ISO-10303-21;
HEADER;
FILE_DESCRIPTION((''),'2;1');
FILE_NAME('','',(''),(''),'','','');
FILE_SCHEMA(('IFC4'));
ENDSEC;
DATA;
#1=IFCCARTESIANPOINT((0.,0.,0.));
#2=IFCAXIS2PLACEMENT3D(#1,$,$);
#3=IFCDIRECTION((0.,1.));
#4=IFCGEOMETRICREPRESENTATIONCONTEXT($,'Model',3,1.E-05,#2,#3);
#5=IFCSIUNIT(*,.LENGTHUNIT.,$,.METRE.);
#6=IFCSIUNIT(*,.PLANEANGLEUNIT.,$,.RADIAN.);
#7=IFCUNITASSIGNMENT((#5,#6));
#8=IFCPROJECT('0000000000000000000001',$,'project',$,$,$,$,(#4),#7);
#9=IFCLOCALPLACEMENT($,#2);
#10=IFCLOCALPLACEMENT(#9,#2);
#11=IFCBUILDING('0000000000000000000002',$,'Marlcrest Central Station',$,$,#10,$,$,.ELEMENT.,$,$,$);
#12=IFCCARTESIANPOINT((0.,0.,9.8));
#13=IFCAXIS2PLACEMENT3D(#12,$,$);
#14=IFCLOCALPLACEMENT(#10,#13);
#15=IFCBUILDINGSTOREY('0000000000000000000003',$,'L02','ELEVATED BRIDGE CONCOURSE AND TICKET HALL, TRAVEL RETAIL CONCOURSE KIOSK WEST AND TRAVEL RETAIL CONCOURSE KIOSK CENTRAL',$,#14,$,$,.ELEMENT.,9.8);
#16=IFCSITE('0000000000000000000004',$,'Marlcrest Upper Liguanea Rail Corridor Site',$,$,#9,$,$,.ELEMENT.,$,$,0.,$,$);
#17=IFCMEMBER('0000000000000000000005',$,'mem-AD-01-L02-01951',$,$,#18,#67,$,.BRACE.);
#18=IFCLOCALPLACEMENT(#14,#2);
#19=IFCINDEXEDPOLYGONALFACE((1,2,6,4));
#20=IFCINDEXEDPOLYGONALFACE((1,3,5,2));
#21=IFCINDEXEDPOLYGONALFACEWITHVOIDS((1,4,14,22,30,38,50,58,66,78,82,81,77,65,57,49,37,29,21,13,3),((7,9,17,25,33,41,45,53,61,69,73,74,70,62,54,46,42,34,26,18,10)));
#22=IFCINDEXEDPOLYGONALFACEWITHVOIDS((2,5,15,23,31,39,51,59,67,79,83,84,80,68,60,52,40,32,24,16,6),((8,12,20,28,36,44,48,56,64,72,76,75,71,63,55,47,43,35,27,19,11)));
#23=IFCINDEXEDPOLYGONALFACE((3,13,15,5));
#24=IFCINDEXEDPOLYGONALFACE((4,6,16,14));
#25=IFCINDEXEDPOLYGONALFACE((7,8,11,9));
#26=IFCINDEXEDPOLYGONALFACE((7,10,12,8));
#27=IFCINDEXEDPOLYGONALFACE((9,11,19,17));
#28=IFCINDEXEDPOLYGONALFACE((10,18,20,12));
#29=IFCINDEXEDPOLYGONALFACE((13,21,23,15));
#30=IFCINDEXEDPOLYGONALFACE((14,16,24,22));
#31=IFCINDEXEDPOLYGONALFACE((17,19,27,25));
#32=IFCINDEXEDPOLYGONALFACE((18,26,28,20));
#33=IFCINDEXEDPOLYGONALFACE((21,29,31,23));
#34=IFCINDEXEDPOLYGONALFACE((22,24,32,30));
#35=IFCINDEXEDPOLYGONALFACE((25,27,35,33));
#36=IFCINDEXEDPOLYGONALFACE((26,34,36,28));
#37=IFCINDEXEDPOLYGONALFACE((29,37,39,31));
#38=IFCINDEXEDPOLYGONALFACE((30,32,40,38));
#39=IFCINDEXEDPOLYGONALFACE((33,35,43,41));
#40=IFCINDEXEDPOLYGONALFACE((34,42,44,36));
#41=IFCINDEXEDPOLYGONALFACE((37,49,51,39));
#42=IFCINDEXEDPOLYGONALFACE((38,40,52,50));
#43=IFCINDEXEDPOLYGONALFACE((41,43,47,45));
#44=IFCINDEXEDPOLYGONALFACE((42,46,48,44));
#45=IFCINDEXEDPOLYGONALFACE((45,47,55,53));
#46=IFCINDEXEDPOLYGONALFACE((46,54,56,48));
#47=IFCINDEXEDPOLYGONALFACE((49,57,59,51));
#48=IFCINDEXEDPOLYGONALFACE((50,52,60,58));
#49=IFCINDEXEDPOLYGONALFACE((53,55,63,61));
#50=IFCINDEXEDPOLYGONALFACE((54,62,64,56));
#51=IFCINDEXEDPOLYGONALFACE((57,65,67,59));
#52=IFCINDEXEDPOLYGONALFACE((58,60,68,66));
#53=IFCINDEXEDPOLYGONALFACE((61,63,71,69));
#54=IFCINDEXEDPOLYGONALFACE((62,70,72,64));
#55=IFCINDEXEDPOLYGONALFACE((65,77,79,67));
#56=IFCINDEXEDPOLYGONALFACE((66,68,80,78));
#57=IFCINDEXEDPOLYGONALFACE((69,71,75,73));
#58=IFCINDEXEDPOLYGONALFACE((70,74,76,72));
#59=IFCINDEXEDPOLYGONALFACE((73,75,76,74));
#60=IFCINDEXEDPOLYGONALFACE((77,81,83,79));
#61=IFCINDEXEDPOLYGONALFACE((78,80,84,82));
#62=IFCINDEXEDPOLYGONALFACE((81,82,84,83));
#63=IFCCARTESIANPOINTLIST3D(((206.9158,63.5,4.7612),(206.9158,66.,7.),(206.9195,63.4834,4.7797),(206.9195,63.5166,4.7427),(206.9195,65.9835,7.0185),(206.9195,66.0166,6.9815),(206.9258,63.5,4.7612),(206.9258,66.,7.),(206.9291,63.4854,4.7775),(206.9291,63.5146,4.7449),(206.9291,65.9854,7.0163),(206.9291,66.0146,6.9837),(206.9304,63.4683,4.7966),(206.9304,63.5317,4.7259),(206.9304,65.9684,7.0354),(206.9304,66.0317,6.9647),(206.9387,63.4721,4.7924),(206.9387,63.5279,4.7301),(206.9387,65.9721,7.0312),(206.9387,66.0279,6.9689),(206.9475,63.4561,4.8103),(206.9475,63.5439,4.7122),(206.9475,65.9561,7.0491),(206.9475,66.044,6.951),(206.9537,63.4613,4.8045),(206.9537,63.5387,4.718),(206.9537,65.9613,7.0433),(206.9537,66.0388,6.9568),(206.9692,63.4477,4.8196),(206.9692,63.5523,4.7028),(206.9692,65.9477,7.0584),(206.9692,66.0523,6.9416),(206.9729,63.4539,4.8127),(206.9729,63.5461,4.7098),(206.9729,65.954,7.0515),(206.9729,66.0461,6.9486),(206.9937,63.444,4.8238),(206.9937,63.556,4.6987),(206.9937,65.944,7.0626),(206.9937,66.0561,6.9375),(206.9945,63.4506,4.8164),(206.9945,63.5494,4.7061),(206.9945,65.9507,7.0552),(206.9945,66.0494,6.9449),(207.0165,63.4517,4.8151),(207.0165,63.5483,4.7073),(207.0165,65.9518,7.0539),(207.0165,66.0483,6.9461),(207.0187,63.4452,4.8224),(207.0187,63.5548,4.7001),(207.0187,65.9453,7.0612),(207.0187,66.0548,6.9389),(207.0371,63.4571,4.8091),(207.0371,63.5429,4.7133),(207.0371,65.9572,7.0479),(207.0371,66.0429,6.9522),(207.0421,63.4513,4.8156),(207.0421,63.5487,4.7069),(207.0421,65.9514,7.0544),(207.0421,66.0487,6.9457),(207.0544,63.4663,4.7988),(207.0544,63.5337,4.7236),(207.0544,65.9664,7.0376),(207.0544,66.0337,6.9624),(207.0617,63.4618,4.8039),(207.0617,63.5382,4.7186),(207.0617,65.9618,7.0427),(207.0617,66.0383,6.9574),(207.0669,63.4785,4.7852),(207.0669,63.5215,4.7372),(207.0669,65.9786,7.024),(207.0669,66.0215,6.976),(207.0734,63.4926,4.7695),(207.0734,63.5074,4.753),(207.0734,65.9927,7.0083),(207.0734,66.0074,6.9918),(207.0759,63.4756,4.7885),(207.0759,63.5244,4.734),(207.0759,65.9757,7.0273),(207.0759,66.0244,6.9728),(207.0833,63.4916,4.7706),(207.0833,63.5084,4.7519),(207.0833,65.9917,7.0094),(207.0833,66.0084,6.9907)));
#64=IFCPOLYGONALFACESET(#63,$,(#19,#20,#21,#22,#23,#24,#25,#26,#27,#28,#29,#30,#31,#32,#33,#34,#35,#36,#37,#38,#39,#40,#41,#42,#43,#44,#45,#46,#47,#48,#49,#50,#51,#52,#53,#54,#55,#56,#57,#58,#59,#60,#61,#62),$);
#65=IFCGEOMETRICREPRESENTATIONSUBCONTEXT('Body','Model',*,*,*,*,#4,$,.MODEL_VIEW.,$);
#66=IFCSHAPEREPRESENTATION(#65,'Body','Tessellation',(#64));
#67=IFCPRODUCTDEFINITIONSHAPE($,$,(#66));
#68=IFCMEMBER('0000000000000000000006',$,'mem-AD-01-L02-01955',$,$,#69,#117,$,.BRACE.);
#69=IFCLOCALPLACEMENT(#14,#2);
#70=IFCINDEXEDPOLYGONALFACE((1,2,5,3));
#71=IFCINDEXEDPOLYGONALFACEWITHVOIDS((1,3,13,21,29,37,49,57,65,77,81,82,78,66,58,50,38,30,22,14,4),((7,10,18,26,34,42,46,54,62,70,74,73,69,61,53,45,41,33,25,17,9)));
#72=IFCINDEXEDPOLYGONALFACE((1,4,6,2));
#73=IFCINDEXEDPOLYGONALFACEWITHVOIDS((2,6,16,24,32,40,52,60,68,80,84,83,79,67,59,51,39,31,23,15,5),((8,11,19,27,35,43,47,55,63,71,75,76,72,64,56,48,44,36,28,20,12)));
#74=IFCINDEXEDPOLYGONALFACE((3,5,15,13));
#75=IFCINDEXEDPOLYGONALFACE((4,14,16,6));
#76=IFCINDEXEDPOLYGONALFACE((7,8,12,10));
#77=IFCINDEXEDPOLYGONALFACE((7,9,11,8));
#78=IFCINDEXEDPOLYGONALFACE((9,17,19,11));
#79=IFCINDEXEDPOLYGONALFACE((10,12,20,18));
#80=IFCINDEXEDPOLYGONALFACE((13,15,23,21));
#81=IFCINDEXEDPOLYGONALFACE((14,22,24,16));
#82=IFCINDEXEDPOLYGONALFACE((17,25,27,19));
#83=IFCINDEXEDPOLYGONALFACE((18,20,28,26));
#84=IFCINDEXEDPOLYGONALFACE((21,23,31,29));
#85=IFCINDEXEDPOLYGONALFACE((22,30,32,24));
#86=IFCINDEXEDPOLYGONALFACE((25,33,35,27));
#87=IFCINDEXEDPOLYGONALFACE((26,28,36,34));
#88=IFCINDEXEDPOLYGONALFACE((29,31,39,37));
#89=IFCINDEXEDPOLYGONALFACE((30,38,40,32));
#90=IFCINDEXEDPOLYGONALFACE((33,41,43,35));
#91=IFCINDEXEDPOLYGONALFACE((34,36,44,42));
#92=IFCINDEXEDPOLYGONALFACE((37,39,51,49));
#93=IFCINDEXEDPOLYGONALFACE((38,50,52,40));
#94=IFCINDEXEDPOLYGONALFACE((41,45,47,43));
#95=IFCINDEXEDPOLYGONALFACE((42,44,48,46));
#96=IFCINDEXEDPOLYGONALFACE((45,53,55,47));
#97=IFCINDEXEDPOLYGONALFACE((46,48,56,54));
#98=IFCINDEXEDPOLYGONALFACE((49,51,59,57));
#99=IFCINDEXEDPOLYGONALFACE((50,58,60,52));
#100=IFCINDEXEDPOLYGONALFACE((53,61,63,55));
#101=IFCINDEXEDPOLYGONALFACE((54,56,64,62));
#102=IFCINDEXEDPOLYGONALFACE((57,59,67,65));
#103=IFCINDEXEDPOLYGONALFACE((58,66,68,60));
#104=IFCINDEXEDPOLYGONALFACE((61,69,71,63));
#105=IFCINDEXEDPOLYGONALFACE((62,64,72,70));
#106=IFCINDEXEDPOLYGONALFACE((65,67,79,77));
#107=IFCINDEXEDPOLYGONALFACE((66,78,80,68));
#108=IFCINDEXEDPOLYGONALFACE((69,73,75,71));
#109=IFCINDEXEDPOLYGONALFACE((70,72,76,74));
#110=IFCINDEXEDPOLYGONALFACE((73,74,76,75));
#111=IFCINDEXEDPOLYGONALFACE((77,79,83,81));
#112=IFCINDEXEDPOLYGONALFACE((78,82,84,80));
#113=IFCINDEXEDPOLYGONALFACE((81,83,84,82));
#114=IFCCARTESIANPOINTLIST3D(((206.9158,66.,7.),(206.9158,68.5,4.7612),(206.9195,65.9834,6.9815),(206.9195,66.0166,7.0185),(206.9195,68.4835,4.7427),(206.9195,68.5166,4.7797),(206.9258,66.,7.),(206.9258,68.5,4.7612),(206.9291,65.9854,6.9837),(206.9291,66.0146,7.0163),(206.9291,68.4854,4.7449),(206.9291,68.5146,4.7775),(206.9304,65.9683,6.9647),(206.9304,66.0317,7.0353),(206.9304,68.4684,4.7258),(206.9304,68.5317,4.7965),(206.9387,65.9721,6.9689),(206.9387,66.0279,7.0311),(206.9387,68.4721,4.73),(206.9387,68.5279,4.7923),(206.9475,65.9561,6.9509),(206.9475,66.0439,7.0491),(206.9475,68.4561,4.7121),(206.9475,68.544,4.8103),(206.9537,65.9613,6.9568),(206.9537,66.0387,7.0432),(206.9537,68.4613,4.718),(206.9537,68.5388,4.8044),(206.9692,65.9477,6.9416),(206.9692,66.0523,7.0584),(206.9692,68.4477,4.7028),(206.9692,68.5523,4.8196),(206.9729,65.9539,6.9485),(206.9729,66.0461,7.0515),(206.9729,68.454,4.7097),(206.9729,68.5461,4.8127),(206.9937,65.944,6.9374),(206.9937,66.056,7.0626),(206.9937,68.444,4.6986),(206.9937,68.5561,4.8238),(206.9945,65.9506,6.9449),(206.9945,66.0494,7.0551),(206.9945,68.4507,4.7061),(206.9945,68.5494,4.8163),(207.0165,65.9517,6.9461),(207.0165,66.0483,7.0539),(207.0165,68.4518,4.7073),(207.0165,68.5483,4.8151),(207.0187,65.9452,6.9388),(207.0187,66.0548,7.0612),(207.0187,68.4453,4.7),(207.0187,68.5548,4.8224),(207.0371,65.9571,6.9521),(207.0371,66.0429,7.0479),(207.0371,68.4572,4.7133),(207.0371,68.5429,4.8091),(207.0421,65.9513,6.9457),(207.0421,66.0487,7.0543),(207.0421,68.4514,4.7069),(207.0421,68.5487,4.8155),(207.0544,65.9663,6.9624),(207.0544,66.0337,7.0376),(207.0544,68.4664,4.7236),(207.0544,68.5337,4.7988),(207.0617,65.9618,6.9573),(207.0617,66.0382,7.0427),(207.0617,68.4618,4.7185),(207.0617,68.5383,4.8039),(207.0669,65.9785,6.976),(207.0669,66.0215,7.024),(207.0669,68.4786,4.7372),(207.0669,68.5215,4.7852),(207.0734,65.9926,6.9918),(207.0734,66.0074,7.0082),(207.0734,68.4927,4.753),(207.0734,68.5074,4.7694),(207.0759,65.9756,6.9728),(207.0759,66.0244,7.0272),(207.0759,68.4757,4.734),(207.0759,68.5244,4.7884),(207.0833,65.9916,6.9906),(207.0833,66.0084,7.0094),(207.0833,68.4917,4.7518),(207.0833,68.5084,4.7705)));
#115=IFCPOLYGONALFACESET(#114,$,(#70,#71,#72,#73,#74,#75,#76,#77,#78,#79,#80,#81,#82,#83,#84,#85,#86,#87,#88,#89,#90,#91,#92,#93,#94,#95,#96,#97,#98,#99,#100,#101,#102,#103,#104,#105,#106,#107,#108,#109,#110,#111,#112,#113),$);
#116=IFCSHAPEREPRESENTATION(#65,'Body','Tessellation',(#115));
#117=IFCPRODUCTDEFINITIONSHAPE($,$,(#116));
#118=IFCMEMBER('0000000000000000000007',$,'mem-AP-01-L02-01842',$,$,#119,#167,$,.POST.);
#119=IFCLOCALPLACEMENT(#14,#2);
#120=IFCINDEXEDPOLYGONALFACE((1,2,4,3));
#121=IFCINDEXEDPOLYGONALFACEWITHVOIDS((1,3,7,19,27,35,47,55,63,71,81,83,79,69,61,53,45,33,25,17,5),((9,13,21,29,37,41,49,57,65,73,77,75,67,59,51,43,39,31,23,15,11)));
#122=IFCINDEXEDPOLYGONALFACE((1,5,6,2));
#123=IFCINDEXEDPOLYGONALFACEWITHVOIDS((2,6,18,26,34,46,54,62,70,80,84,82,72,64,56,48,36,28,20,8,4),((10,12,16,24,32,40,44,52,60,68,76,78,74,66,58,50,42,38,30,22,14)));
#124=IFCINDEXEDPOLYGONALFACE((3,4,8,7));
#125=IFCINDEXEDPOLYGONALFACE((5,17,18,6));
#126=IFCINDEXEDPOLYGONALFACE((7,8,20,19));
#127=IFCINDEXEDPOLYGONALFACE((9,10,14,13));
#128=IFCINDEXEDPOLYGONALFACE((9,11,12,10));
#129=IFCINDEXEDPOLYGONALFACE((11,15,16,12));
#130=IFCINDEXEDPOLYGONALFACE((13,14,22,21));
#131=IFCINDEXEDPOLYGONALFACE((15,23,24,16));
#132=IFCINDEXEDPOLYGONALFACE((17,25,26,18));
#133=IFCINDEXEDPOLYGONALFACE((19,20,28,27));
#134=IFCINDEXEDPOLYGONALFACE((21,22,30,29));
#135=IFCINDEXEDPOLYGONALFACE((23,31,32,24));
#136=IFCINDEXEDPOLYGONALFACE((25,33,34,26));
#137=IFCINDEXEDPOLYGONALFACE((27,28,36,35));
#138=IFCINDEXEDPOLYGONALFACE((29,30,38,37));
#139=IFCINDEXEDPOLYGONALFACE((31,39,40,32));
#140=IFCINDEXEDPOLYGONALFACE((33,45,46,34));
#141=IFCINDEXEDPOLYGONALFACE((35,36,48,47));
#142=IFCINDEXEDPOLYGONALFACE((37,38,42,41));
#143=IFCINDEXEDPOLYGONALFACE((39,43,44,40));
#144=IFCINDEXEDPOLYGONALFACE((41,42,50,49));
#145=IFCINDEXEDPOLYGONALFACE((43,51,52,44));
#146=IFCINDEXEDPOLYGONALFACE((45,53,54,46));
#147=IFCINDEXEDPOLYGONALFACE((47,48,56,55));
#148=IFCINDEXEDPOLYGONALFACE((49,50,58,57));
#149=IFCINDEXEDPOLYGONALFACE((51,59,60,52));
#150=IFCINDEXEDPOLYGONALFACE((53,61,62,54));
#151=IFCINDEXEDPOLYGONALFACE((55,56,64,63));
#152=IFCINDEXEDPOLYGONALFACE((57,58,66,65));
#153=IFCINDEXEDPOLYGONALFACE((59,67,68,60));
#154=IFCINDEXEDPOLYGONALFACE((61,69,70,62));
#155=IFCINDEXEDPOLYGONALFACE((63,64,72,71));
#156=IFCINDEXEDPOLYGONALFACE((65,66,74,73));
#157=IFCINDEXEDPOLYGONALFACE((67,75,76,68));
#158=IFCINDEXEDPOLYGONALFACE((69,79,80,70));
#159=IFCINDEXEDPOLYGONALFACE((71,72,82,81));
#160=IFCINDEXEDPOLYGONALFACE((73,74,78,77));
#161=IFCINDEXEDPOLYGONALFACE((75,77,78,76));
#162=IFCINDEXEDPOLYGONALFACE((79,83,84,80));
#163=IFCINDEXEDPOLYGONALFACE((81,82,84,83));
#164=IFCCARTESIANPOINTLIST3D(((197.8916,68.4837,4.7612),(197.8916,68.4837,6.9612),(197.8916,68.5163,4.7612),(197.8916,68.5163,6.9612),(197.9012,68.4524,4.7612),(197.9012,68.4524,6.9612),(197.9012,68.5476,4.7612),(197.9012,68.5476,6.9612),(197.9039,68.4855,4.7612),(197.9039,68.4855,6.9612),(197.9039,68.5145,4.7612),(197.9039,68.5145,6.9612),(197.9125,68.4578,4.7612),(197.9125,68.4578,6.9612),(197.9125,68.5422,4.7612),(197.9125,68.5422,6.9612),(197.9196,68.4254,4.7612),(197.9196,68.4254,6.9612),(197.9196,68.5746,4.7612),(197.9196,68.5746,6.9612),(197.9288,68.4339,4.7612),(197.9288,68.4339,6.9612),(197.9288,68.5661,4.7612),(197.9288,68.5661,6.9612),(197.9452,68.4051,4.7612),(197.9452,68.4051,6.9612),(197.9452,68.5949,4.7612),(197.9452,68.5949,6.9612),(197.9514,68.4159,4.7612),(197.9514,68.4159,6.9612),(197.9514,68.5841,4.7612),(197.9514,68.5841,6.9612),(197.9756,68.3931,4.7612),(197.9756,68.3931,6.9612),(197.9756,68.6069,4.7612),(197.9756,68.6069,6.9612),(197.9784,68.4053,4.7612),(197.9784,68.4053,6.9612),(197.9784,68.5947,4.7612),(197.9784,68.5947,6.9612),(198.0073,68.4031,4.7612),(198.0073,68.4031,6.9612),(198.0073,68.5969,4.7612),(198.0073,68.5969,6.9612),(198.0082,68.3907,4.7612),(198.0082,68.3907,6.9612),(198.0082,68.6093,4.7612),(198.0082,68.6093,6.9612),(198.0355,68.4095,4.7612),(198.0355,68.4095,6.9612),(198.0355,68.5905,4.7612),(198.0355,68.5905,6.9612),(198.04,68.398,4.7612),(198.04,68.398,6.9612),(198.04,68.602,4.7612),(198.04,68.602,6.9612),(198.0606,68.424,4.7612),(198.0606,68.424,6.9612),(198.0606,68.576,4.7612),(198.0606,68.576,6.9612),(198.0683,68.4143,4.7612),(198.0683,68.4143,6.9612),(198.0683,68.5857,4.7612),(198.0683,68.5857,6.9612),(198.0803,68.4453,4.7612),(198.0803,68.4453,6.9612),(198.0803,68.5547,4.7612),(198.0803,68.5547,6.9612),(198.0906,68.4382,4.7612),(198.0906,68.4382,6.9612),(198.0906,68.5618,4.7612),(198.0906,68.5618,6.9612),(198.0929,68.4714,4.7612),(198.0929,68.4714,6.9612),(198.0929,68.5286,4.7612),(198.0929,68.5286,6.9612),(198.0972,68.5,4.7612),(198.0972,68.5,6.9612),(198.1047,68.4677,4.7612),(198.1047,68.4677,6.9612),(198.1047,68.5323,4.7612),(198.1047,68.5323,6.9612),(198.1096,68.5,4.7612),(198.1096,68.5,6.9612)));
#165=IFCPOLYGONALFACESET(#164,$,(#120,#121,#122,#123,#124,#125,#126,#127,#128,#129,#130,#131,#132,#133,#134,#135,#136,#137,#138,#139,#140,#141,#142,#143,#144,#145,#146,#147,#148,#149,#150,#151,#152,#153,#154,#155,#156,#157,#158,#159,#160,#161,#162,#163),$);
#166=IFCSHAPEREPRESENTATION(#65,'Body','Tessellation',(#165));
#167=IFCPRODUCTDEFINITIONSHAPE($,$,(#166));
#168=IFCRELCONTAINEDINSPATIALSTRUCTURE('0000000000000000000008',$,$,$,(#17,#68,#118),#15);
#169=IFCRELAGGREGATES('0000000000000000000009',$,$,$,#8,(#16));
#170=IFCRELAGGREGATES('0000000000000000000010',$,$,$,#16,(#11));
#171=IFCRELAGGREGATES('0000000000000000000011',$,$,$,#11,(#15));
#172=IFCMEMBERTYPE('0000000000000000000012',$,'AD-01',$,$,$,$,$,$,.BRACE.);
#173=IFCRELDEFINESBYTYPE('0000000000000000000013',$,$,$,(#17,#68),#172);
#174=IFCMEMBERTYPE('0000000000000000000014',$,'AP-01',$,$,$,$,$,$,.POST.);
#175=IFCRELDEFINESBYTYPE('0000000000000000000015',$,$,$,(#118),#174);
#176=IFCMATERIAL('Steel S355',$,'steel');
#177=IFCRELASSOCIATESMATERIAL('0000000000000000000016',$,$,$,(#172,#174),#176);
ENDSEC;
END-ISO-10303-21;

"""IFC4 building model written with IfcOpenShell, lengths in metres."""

from ifc_helpers import new_model, si_unit, direction, frame, origin, origin_2d, place, context, subcontext, project, spatial, hollow_circle, extrude, material, material_profile, profile_set, type_object, element, save


model = new_model("IFC4")

# Units and contexts
model_context = context("Model", 3, precision=1e-05, world=origin(), true_north=direction((0.0, 1.0)))
body_context = subcontext(model_context, "Body", "Model", "MODEL_VIEW")
ifc_project = project(units=[si_unit("LENGTHUNIT", "METRE"), si_unit("PLANEANGLEUNIT", "RADIAN")], contexts=[model_context])

# Site, building, storey
site_placement = place(None, origin())
site = spatial("IfcSite", under=ifc_project, at=site_placement, Name="Marlcrest Upper Liguanea Rail Corridor Site", CompositionType="ELEMENT", RefElevation=0.0)
building_placement = place(site_placement, origin())
building = spatial("IfcBuilding", under=site, at=building_placement, Name="Marlcrest Central Station", CompositionType="ELEMENT")
storey_placement = place(building_placement, frame((0.0, 0.0, 9.8)))
storey = spatial("IfcBuildingStorey", under=building, at=storey_placement, Name="L02", Description="ELEVATED BRIDGE CONCOURSE AND TICKET HALL, TRAVEL RETAIL CONCOURSE KIOSK WEST AND TRAVEL RETAIL CONCOURSE KIOSK CENTRAL", CompositionType="ELEMENT", Elevation=9.8)

# Members
ifc_material = material(Name="Steel S355", Category="steel")
ifc_material_profile_1 = material_profile(ifc_material, hollow_circle(Radius=0.0842, WallThickness=0.01, at=origin_2d()), Name="CHS 168.3x10")
ifc_profile_set_1 = profile_set([ifc_material_profile_1], Name="Steel S355")
member_type_1 = type_object("IfcMemberType", Name="AD-01", PredefinedType="BRACE", material=ifc_profile_set_1)
for number, where, z_axis, x_axis, name in (
    (1, (207.0, 63.5, 4.7612), (0.0, 0.744956, 0.667114), (-1.0, 0.0, 0.0), "mem-AD-01-L02-01951"),
    (2, (207.0, 66.0, 7.0), (0.0, 0.744956, -0.667114), (-1.0, 0.0, 0.0), "mem-AD-01-L02-01955"),
):
    element("IfcMember", number, at=place(storey_placement, frame(where, z_axis=z_axis, x_axis=x_axis)), inside=storey, type_object=member_type_1, Name=name, PredefinedType="BRACE", context=body_context, shape_type="SweptSolid", body=[
        extrude(hollow_circle(Radius=0.0842, WallThickness=0.01, at=origin_2d()), origin(), (0.0, 0.0, 1.0), 3.356),
    ])
ifc_material_profile_2 = material_profile(ifc_material, hollow_circle(Radius=0.1096, WallThickness=0.0125, at=origin_2d()), Name="CHS 219.1x12.5")
ifc_profile_set_2 = profile_set([ifc_material_profile_2], Name="Steel S355")
member_type_2 = type_object("IfcMemberType", Name="AP-01", PredefinedType="POST", material=ifc_profile_set_2)
for number, where, z_axis, x_axis, name in (
    (3, (198.0, 68.5, 4.7612), (0.0, 0.0, 1.0), (1.0, 0.0, 0.0), "mem-AP-01-L02-01842"),
):
    element("IfcMember", number, at=place(storey_placement, frame(where, z_axis=z_axis, x_axis=x_axis)), inside=storey, type_object=member_type_2, Name=name, PredefinedType="POST", context=body_context, shape_type="SweptSolid", body=[
        extrude(hollow_circle(Radius=0.1096, WallThickness=0.0125, at=origin_2d()), origin(), (0.0, 0.0, 1.0), 2.2),
    ])

save(model, "model.ifc")
